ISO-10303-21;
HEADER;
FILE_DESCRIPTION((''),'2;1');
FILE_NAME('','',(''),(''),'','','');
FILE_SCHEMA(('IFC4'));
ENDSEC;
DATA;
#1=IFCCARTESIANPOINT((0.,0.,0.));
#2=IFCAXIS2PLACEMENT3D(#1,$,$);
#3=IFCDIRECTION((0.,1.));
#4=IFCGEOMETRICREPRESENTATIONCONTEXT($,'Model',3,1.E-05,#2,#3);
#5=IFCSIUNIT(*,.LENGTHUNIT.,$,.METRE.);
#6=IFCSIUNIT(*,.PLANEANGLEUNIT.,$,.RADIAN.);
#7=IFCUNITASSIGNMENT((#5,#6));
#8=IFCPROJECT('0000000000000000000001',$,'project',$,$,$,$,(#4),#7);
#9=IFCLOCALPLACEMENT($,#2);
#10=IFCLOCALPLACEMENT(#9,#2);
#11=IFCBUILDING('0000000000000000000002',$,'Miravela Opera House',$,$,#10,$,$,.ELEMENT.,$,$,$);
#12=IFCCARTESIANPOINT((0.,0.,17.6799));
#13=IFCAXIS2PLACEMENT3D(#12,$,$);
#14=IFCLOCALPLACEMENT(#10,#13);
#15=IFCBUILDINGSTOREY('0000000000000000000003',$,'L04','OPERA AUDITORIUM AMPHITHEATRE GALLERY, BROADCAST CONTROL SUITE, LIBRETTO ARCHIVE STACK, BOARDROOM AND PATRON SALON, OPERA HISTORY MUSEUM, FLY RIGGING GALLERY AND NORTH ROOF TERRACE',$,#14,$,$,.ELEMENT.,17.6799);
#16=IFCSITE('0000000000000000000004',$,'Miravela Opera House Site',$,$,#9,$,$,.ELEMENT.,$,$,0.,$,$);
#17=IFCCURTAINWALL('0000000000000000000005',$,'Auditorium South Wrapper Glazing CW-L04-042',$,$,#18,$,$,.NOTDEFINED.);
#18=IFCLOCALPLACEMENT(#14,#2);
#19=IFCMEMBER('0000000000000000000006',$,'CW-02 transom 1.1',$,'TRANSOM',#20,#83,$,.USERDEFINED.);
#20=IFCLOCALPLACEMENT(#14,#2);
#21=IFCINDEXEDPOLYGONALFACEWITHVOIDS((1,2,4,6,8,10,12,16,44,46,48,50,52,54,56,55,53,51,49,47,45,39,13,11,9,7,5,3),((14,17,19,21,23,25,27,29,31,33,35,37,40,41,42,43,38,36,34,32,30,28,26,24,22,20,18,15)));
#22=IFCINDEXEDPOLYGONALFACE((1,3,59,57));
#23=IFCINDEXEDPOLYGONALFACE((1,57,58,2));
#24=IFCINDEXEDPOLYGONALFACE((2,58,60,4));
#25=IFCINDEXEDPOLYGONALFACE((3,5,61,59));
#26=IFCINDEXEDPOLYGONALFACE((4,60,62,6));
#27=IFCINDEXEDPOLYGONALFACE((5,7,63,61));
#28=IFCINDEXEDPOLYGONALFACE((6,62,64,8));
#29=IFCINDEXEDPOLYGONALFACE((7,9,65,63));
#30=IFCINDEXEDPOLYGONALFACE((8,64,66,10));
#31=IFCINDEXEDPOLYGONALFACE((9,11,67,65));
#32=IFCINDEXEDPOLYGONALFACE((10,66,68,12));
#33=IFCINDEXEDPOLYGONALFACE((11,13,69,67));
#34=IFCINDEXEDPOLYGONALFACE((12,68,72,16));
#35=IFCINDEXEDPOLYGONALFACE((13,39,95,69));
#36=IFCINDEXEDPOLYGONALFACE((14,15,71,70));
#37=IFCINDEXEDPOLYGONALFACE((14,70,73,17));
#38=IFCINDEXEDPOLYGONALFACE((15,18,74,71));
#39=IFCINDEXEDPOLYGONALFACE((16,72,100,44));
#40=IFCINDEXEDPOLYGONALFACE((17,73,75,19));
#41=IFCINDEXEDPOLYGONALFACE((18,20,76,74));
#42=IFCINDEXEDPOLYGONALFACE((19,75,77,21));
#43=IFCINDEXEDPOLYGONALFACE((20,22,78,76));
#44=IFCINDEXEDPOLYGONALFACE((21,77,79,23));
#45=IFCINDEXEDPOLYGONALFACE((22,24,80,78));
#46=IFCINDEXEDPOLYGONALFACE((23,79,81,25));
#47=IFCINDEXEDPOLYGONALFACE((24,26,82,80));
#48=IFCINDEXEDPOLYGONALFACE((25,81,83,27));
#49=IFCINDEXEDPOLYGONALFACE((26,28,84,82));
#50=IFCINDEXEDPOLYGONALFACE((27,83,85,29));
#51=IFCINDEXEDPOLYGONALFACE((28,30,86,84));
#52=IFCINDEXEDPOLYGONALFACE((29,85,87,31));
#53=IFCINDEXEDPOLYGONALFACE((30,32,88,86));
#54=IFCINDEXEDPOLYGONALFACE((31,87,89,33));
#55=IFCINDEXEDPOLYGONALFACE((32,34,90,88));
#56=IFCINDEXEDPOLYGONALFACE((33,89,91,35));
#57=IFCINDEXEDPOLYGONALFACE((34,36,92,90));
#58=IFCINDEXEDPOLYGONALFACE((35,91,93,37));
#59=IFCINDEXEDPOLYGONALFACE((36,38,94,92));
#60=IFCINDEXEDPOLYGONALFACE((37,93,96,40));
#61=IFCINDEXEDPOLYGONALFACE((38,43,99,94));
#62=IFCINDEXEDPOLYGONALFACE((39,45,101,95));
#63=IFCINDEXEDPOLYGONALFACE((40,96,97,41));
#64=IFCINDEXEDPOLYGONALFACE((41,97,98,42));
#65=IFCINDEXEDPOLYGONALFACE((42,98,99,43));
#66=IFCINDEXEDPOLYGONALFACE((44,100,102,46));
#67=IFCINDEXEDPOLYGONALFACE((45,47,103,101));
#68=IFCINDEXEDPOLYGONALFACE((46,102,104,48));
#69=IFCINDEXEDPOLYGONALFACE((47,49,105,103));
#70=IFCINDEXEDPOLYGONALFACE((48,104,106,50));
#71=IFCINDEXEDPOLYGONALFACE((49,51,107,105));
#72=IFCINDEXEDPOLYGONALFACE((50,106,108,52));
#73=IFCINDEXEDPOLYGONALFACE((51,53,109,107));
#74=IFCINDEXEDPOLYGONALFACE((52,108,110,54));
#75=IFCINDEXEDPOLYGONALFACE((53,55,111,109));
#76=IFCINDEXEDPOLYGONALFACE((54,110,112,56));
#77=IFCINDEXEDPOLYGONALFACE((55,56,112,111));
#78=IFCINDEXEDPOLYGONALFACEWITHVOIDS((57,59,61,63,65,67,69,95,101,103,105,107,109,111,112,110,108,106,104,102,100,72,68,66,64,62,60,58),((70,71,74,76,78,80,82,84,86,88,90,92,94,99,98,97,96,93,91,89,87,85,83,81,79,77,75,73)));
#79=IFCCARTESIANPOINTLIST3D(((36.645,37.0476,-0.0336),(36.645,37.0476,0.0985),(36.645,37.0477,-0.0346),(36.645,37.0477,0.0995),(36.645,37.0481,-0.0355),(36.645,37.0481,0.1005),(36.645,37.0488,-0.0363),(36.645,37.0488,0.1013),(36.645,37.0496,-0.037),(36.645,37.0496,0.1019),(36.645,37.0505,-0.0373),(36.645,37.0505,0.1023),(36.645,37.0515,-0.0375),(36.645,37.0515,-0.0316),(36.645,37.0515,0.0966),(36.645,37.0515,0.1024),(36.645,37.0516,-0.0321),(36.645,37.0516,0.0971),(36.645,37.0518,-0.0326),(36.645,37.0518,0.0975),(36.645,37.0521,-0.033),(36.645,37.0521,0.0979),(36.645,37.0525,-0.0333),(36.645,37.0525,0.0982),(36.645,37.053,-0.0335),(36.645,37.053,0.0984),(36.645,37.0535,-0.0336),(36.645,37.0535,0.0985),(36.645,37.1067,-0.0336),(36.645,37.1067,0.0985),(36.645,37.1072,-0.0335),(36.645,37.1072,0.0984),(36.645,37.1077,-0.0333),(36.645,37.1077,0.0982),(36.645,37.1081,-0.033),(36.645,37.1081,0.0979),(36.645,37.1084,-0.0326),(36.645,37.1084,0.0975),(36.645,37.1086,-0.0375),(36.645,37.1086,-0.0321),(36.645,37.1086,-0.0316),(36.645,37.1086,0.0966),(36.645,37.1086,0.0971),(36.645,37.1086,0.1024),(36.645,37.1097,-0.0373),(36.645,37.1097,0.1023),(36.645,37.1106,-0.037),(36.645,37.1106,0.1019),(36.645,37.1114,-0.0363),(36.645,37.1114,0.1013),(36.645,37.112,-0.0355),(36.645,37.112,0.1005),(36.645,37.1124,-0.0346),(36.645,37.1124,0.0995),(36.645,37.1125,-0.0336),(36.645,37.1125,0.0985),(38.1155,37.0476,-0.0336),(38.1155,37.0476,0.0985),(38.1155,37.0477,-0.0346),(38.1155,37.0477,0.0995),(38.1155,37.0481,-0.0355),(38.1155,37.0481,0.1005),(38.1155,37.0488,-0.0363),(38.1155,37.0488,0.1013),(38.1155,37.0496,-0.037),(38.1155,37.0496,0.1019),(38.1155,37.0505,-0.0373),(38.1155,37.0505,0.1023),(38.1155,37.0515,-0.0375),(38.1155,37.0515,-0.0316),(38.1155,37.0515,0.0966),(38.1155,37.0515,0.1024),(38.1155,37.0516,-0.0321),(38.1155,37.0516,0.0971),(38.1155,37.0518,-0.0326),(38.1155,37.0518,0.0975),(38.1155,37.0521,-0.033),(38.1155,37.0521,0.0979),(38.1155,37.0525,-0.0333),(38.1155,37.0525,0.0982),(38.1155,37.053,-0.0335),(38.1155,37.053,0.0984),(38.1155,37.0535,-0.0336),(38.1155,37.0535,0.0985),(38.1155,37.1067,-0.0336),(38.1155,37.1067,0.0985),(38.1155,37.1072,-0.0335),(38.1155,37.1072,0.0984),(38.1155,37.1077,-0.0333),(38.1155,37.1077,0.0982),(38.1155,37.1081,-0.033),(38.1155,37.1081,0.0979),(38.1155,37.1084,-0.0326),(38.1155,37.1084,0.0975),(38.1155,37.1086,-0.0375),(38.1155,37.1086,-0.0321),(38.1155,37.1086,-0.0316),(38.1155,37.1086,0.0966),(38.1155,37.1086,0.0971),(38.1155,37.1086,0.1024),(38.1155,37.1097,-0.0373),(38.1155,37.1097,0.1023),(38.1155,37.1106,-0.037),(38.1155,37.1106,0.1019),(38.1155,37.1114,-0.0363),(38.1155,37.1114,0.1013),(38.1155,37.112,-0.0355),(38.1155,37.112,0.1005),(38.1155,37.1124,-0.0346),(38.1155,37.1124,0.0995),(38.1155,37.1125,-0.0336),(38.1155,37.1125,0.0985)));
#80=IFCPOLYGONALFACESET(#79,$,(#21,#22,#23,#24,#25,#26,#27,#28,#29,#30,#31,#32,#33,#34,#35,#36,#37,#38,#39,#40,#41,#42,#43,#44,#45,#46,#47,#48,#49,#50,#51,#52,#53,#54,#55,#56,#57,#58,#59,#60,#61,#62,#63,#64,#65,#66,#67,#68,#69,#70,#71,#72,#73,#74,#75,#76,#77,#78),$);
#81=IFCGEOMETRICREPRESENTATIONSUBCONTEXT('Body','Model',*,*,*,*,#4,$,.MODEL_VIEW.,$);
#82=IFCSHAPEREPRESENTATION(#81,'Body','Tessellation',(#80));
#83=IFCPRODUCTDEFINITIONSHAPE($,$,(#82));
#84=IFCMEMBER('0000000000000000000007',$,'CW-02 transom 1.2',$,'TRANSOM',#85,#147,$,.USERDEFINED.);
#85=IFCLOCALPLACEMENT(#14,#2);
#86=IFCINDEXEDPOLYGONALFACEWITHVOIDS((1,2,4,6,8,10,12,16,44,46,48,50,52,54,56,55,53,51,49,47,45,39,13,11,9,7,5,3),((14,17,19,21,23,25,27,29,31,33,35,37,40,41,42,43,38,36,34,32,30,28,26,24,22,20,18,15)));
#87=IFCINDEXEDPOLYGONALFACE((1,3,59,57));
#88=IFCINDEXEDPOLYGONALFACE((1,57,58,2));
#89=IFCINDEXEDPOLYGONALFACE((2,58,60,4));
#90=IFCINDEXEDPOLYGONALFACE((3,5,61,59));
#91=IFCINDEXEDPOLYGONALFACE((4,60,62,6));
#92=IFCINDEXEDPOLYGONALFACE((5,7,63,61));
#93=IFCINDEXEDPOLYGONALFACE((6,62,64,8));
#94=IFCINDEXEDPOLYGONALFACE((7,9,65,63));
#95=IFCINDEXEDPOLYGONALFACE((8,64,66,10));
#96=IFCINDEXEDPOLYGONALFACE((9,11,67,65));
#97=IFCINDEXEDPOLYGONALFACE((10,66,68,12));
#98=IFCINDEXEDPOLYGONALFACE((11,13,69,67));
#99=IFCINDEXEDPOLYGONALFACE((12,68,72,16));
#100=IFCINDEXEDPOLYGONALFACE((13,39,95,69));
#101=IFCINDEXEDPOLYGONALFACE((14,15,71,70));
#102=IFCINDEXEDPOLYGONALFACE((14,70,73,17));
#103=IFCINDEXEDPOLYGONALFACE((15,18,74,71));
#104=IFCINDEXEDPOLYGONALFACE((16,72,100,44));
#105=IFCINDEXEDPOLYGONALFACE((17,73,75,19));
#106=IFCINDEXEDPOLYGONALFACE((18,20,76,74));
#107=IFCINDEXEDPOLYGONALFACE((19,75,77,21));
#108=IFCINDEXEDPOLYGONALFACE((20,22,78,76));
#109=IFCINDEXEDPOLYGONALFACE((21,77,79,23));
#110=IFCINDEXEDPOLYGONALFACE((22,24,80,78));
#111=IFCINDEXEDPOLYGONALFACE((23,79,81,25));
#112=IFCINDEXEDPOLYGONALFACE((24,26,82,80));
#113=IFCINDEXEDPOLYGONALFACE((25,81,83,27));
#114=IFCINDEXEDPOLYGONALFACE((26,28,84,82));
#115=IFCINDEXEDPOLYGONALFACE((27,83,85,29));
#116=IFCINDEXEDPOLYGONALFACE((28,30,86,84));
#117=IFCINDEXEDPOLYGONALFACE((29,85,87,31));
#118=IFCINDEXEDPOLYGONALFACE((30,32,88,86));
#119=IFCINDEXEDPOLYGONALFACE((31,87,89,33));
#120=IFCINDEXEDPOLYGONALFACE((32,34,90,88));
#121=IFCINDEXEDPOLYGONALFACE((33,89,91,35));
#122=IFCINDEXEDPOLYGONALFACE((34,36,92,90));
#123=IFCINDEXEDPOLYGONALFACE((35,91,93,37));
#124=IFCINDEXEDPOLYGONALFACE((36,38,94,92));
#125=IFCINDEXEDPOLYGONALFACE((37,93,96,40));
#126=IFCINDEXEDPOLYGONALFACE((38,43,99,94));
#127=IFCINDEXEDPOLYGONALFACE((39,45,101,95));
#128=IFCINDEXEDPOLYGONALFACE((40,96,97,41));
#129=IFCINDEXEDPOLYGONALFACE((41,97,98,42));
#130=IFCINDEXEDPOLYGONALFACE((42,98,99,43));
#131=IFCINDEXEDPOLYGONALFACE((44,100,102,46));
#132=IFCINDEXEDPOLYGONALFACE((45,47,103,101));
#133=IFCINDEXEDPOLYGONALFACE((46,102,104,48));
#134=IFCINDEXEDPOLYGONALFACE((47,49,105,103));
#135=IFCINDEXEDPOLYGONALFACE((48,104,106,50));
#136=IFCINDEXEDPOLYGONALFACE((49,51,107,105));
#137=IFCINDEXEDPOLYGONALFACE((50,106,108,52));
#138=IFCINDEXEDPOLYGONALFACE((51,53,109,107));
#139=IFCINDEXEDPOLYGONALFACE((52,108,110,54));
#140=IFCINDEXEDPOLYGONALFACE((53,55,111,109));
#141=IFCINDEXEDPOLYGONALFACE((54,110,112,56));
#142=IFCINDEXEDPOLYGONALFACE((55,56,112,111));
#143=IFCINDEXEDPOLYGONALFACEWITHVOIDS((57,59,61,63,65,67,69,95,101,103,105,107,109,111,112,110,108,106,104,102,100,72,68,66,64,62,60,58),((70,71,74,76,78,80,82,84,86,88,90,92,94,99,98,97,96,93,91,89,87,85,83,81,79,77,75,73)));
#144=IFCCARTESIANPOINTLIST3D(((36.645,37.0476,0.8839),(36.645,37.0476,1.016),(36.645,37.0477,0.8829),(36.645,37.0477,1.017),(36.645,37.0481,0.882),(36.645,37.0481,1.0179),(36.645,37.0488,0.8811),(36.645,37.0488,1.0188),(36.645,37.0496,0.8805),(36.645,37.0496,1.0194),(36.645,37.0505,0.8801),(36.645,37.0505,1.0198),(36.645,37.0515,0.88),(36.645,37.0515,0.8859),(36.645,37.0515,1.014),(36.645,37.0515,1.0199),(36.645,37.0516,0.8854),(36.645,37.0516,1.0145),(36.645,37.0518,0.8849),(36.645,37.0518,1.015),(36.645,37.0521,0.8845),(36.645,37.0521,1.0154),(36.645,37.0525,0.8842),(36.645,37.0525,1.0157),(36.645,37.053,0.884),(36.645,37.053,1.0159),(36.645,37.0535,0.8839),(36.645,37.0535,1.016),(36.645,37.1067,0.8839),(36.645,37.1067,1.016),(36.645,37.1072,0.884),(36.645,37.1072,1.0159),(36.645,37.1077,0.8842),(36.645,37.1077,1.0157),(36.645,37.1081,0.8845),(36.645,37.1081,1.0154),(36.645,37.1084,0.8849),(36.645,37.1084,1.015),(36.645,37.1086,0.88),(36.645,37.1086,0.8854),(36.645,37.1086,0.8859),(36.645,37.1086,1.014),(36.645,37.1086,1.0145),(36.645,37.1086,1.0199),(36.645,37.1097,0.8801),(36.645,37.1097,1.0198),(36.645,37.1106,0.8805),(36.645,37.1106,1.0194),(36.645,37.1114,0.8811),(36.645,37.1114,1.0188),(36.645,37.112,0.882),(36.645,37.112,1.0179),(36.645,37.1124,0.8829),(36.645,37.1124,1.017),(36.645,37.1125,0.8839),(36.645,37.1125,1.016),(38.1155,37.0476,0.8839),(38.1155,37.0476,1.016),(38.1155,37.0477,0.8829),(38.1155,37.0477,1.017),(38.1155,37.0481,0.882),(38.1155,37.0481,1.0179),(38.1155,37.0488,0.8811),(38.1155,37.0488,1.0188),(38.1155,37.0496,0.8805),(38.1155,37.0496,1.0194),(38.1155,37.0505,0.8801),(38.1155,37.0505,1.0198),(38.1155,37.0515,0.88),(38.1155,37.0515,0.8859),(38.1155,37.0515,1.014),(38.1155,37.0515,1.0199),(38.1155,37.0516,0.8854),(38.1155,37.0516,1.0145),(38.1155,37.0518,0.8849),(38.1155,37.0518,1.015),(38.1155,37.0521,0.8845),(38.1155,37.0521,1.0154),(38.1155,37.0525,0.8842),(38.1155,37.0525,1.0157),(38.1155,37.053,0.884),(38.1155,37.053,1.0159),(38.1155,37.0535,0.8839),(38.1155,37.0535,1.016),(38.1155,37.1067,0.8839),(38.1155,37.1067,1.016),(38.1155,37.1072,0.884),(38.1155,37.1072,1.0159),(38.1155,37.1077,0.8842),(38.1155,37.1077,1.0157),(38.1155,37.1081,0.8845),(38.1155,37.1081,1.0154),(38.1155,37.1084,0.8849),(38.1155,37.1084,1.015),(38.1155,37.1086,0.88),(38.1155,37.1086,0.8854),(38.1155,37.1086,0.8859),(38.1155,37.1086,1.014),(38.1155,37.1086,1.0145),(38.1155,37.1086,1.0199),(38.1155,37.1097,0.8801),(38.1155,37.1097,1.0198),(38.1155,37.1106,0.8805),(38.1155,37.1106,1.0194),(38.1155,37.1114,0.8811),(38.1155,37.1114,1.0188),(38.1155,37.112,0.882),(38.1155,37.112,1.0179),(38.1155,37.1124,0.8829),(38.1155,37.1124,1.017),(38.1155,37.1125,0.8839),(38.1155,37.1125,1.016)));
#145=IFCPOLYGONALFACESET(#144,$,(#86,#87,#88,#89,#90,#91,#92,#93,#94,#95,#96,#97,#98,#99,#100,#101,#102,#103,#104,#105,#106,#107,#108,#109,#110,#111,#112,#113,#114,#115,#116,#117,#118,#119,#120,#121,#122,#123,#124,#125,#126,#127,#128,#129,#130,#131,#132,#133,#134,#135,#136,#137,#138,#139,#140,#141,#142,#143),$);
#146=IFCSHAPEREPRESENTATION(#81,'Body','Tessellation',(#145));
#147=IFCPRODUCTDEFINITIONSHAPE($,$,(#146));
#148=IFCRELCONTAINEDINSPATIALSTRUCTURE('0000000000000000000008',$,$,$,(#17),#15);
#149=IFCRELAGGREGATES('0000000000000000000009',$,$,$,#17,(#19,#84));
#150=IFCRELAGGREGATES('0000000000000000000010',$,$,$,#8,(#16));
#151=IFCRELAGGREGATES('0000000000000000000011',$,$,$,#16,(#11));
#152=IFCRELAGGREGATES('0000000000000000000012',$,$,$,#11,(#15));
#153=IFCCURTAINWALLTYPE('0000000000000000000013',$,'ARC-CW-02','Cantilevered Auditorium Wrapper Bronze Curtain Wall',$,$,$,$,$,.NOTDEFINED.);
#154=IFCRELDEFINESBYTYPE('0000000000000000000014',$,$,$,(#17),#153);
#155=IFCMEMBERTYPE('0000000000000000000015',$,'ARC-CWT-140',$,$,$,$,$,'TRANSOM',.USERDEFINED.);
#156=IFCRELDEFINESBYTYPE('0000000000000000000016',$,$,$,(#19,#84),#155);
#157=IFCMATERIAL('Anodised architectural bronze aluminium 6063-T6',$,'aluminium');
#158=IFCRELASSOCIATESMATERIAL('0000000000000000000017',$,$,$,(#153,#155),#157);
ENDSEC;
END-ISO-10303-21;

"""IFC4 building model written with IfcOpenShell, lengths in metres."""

from ifc_helpers import new_model, si_unit, direction, frame, origin, origin_2d, place, context, subcontext, project, spatial, hollow_rectangle, extrude, material, material_profile, profile_set, type_object, element, aggregate, save


model = new_model("IFC4")

# Units and contexts
model_context = context("Model", 3, precision=1e-05, world=origin(), true_north=direction((0.0, 1.0)))
body_context = subcontext(model_context, "Body", "Model", "MODEL_VIEW")
ifc_project = project(units=[si_unit("LENGTHUNIT", "METRE"), si_unit("PLANEANGLEUNIT", "RADIAN")], contexts=[model_context])

# Site, building, storey
site_placement = place(None, origin())
site = spatial("IfcSite", under=ifc_project, at=site_placement, Name="Miravela Opera House Site", CompositionType="ELEMENT", RefElevation=0.0)
building_placement = place(site_placement, origin())
building = spatial("IfcBuilding", under=site, at=building_placement, Name="Miravela Opera House", CompositionType="ELEMENT")
storey_placement = place(building_placement, frame((0.0, 0.0, 17.6799)))
storey = spatial("IfcBuildingStorey", under=building, at=storey_placement, Name="L04", Description="OPERA AUDITORIUM AMPHITHEATRE GALLERY, BROADCAST CONTROL SUITE, LIBRETTO ARCHIVE STACK, BOARDROOM AND PATRON SALON, OPERA HISTORY MUSEUM, FLY RIGGING GALLERY AND NORTH ROOF TERRACE", CompositionType="ELEMENT", Elevation=17.6799)

# Curtain wall
ifc_material_1 = material(Name="Anodised architectural bronze aluminium 6063-T6", Category="aluminium")
curtain_wall_type = type_object("IfcCurtainWallType", Name="ARC-CW-02", Description="Cantilevered Auditorium Wrapper Bronze Curtain Wall", PredefinedType="NOTDEFINED", material=ifc_material_1)
curtain_wall_1_placement = place(storey_placement, origin())
curtain_wall_1 = element("IfcCurtainWall", 1, at=curtain_wall_1_placement, inside=storey, type_object=curtain_wall_type, Name="Auditorium South Wrapper Glazing CW-L04-042", PredefinedType="NOTDEFINED")

# Members
ifc_material_profile_1 = material_profile(ifc_material_1, hollow_rectangle(XDim=0.0649, YDim=0.1399, WallThickness=0.0039, InnerFilletRadius=0.002, OuterFilletRadius=0.0039, at=origin_2d()), Name="CWT-65X140")
ifc_profile_set_1 = profile_set([ifc_material_profile_1])
member_type_1 = type_object("IfcMemberType", Name="ARC-CWT-140", ElementType="TRANSOM", PredefinedType="USERDEFINED", material=ifc_profile_set_1)
member_1_placement = place(storey_placement, frame((36.645, 37.0801, 0.0325), z_axis=(1.0, 0.0, 0.0), x_axis=(0.0, 1.0, 0.0)))
member_1 = element("IfcMember", 2, at=member_1_placement, type_object=member_type_1, Name="CW-02 transom 1.1", ObjectType="TRANSOM", PredefinedType="USERDEFINED", context=body_context, shape_type="SweptSolid", body=[
    extrude(hollow_rectangle(XDim=0.0649, YDim=0.1399, WallThickness=0.0039, InnerFilletRadius=0.002, OuterFilletRadius=0.0039, at=origin_2d()), origin(), (0.0, 0.0, 1.0), 1.4705),
])
member_2_placement = place(storey_placement, frame((36.645, 37.0801, 0.95), z_axis=(1.0, 0.0, 0.0), x_axis=(0.0, 1.0, 0.0)))
member_2 = element("IfcMember", 3, at=member_2_placement, type_object=member_type_1, Name="CW-02 transom 1.2", ObjectType="TRANSOM", PredefinedType="USERDEFINED", context=body_context, shape_type="SweptSolid", body=[
    extrude(hollow_rectangle(XDim=0.0649, YDim=0.1399, WallThickness=0.0039, InnerFilletRadius=0.002, OuterFilletRadius=0.0039, at=origin_2d()), origin(), (0.0, 0.0, 1.0), 1.4705),
])

aggregate(curtain_wall_1, [member_1, member_2])

save(model, "model.ifc")
